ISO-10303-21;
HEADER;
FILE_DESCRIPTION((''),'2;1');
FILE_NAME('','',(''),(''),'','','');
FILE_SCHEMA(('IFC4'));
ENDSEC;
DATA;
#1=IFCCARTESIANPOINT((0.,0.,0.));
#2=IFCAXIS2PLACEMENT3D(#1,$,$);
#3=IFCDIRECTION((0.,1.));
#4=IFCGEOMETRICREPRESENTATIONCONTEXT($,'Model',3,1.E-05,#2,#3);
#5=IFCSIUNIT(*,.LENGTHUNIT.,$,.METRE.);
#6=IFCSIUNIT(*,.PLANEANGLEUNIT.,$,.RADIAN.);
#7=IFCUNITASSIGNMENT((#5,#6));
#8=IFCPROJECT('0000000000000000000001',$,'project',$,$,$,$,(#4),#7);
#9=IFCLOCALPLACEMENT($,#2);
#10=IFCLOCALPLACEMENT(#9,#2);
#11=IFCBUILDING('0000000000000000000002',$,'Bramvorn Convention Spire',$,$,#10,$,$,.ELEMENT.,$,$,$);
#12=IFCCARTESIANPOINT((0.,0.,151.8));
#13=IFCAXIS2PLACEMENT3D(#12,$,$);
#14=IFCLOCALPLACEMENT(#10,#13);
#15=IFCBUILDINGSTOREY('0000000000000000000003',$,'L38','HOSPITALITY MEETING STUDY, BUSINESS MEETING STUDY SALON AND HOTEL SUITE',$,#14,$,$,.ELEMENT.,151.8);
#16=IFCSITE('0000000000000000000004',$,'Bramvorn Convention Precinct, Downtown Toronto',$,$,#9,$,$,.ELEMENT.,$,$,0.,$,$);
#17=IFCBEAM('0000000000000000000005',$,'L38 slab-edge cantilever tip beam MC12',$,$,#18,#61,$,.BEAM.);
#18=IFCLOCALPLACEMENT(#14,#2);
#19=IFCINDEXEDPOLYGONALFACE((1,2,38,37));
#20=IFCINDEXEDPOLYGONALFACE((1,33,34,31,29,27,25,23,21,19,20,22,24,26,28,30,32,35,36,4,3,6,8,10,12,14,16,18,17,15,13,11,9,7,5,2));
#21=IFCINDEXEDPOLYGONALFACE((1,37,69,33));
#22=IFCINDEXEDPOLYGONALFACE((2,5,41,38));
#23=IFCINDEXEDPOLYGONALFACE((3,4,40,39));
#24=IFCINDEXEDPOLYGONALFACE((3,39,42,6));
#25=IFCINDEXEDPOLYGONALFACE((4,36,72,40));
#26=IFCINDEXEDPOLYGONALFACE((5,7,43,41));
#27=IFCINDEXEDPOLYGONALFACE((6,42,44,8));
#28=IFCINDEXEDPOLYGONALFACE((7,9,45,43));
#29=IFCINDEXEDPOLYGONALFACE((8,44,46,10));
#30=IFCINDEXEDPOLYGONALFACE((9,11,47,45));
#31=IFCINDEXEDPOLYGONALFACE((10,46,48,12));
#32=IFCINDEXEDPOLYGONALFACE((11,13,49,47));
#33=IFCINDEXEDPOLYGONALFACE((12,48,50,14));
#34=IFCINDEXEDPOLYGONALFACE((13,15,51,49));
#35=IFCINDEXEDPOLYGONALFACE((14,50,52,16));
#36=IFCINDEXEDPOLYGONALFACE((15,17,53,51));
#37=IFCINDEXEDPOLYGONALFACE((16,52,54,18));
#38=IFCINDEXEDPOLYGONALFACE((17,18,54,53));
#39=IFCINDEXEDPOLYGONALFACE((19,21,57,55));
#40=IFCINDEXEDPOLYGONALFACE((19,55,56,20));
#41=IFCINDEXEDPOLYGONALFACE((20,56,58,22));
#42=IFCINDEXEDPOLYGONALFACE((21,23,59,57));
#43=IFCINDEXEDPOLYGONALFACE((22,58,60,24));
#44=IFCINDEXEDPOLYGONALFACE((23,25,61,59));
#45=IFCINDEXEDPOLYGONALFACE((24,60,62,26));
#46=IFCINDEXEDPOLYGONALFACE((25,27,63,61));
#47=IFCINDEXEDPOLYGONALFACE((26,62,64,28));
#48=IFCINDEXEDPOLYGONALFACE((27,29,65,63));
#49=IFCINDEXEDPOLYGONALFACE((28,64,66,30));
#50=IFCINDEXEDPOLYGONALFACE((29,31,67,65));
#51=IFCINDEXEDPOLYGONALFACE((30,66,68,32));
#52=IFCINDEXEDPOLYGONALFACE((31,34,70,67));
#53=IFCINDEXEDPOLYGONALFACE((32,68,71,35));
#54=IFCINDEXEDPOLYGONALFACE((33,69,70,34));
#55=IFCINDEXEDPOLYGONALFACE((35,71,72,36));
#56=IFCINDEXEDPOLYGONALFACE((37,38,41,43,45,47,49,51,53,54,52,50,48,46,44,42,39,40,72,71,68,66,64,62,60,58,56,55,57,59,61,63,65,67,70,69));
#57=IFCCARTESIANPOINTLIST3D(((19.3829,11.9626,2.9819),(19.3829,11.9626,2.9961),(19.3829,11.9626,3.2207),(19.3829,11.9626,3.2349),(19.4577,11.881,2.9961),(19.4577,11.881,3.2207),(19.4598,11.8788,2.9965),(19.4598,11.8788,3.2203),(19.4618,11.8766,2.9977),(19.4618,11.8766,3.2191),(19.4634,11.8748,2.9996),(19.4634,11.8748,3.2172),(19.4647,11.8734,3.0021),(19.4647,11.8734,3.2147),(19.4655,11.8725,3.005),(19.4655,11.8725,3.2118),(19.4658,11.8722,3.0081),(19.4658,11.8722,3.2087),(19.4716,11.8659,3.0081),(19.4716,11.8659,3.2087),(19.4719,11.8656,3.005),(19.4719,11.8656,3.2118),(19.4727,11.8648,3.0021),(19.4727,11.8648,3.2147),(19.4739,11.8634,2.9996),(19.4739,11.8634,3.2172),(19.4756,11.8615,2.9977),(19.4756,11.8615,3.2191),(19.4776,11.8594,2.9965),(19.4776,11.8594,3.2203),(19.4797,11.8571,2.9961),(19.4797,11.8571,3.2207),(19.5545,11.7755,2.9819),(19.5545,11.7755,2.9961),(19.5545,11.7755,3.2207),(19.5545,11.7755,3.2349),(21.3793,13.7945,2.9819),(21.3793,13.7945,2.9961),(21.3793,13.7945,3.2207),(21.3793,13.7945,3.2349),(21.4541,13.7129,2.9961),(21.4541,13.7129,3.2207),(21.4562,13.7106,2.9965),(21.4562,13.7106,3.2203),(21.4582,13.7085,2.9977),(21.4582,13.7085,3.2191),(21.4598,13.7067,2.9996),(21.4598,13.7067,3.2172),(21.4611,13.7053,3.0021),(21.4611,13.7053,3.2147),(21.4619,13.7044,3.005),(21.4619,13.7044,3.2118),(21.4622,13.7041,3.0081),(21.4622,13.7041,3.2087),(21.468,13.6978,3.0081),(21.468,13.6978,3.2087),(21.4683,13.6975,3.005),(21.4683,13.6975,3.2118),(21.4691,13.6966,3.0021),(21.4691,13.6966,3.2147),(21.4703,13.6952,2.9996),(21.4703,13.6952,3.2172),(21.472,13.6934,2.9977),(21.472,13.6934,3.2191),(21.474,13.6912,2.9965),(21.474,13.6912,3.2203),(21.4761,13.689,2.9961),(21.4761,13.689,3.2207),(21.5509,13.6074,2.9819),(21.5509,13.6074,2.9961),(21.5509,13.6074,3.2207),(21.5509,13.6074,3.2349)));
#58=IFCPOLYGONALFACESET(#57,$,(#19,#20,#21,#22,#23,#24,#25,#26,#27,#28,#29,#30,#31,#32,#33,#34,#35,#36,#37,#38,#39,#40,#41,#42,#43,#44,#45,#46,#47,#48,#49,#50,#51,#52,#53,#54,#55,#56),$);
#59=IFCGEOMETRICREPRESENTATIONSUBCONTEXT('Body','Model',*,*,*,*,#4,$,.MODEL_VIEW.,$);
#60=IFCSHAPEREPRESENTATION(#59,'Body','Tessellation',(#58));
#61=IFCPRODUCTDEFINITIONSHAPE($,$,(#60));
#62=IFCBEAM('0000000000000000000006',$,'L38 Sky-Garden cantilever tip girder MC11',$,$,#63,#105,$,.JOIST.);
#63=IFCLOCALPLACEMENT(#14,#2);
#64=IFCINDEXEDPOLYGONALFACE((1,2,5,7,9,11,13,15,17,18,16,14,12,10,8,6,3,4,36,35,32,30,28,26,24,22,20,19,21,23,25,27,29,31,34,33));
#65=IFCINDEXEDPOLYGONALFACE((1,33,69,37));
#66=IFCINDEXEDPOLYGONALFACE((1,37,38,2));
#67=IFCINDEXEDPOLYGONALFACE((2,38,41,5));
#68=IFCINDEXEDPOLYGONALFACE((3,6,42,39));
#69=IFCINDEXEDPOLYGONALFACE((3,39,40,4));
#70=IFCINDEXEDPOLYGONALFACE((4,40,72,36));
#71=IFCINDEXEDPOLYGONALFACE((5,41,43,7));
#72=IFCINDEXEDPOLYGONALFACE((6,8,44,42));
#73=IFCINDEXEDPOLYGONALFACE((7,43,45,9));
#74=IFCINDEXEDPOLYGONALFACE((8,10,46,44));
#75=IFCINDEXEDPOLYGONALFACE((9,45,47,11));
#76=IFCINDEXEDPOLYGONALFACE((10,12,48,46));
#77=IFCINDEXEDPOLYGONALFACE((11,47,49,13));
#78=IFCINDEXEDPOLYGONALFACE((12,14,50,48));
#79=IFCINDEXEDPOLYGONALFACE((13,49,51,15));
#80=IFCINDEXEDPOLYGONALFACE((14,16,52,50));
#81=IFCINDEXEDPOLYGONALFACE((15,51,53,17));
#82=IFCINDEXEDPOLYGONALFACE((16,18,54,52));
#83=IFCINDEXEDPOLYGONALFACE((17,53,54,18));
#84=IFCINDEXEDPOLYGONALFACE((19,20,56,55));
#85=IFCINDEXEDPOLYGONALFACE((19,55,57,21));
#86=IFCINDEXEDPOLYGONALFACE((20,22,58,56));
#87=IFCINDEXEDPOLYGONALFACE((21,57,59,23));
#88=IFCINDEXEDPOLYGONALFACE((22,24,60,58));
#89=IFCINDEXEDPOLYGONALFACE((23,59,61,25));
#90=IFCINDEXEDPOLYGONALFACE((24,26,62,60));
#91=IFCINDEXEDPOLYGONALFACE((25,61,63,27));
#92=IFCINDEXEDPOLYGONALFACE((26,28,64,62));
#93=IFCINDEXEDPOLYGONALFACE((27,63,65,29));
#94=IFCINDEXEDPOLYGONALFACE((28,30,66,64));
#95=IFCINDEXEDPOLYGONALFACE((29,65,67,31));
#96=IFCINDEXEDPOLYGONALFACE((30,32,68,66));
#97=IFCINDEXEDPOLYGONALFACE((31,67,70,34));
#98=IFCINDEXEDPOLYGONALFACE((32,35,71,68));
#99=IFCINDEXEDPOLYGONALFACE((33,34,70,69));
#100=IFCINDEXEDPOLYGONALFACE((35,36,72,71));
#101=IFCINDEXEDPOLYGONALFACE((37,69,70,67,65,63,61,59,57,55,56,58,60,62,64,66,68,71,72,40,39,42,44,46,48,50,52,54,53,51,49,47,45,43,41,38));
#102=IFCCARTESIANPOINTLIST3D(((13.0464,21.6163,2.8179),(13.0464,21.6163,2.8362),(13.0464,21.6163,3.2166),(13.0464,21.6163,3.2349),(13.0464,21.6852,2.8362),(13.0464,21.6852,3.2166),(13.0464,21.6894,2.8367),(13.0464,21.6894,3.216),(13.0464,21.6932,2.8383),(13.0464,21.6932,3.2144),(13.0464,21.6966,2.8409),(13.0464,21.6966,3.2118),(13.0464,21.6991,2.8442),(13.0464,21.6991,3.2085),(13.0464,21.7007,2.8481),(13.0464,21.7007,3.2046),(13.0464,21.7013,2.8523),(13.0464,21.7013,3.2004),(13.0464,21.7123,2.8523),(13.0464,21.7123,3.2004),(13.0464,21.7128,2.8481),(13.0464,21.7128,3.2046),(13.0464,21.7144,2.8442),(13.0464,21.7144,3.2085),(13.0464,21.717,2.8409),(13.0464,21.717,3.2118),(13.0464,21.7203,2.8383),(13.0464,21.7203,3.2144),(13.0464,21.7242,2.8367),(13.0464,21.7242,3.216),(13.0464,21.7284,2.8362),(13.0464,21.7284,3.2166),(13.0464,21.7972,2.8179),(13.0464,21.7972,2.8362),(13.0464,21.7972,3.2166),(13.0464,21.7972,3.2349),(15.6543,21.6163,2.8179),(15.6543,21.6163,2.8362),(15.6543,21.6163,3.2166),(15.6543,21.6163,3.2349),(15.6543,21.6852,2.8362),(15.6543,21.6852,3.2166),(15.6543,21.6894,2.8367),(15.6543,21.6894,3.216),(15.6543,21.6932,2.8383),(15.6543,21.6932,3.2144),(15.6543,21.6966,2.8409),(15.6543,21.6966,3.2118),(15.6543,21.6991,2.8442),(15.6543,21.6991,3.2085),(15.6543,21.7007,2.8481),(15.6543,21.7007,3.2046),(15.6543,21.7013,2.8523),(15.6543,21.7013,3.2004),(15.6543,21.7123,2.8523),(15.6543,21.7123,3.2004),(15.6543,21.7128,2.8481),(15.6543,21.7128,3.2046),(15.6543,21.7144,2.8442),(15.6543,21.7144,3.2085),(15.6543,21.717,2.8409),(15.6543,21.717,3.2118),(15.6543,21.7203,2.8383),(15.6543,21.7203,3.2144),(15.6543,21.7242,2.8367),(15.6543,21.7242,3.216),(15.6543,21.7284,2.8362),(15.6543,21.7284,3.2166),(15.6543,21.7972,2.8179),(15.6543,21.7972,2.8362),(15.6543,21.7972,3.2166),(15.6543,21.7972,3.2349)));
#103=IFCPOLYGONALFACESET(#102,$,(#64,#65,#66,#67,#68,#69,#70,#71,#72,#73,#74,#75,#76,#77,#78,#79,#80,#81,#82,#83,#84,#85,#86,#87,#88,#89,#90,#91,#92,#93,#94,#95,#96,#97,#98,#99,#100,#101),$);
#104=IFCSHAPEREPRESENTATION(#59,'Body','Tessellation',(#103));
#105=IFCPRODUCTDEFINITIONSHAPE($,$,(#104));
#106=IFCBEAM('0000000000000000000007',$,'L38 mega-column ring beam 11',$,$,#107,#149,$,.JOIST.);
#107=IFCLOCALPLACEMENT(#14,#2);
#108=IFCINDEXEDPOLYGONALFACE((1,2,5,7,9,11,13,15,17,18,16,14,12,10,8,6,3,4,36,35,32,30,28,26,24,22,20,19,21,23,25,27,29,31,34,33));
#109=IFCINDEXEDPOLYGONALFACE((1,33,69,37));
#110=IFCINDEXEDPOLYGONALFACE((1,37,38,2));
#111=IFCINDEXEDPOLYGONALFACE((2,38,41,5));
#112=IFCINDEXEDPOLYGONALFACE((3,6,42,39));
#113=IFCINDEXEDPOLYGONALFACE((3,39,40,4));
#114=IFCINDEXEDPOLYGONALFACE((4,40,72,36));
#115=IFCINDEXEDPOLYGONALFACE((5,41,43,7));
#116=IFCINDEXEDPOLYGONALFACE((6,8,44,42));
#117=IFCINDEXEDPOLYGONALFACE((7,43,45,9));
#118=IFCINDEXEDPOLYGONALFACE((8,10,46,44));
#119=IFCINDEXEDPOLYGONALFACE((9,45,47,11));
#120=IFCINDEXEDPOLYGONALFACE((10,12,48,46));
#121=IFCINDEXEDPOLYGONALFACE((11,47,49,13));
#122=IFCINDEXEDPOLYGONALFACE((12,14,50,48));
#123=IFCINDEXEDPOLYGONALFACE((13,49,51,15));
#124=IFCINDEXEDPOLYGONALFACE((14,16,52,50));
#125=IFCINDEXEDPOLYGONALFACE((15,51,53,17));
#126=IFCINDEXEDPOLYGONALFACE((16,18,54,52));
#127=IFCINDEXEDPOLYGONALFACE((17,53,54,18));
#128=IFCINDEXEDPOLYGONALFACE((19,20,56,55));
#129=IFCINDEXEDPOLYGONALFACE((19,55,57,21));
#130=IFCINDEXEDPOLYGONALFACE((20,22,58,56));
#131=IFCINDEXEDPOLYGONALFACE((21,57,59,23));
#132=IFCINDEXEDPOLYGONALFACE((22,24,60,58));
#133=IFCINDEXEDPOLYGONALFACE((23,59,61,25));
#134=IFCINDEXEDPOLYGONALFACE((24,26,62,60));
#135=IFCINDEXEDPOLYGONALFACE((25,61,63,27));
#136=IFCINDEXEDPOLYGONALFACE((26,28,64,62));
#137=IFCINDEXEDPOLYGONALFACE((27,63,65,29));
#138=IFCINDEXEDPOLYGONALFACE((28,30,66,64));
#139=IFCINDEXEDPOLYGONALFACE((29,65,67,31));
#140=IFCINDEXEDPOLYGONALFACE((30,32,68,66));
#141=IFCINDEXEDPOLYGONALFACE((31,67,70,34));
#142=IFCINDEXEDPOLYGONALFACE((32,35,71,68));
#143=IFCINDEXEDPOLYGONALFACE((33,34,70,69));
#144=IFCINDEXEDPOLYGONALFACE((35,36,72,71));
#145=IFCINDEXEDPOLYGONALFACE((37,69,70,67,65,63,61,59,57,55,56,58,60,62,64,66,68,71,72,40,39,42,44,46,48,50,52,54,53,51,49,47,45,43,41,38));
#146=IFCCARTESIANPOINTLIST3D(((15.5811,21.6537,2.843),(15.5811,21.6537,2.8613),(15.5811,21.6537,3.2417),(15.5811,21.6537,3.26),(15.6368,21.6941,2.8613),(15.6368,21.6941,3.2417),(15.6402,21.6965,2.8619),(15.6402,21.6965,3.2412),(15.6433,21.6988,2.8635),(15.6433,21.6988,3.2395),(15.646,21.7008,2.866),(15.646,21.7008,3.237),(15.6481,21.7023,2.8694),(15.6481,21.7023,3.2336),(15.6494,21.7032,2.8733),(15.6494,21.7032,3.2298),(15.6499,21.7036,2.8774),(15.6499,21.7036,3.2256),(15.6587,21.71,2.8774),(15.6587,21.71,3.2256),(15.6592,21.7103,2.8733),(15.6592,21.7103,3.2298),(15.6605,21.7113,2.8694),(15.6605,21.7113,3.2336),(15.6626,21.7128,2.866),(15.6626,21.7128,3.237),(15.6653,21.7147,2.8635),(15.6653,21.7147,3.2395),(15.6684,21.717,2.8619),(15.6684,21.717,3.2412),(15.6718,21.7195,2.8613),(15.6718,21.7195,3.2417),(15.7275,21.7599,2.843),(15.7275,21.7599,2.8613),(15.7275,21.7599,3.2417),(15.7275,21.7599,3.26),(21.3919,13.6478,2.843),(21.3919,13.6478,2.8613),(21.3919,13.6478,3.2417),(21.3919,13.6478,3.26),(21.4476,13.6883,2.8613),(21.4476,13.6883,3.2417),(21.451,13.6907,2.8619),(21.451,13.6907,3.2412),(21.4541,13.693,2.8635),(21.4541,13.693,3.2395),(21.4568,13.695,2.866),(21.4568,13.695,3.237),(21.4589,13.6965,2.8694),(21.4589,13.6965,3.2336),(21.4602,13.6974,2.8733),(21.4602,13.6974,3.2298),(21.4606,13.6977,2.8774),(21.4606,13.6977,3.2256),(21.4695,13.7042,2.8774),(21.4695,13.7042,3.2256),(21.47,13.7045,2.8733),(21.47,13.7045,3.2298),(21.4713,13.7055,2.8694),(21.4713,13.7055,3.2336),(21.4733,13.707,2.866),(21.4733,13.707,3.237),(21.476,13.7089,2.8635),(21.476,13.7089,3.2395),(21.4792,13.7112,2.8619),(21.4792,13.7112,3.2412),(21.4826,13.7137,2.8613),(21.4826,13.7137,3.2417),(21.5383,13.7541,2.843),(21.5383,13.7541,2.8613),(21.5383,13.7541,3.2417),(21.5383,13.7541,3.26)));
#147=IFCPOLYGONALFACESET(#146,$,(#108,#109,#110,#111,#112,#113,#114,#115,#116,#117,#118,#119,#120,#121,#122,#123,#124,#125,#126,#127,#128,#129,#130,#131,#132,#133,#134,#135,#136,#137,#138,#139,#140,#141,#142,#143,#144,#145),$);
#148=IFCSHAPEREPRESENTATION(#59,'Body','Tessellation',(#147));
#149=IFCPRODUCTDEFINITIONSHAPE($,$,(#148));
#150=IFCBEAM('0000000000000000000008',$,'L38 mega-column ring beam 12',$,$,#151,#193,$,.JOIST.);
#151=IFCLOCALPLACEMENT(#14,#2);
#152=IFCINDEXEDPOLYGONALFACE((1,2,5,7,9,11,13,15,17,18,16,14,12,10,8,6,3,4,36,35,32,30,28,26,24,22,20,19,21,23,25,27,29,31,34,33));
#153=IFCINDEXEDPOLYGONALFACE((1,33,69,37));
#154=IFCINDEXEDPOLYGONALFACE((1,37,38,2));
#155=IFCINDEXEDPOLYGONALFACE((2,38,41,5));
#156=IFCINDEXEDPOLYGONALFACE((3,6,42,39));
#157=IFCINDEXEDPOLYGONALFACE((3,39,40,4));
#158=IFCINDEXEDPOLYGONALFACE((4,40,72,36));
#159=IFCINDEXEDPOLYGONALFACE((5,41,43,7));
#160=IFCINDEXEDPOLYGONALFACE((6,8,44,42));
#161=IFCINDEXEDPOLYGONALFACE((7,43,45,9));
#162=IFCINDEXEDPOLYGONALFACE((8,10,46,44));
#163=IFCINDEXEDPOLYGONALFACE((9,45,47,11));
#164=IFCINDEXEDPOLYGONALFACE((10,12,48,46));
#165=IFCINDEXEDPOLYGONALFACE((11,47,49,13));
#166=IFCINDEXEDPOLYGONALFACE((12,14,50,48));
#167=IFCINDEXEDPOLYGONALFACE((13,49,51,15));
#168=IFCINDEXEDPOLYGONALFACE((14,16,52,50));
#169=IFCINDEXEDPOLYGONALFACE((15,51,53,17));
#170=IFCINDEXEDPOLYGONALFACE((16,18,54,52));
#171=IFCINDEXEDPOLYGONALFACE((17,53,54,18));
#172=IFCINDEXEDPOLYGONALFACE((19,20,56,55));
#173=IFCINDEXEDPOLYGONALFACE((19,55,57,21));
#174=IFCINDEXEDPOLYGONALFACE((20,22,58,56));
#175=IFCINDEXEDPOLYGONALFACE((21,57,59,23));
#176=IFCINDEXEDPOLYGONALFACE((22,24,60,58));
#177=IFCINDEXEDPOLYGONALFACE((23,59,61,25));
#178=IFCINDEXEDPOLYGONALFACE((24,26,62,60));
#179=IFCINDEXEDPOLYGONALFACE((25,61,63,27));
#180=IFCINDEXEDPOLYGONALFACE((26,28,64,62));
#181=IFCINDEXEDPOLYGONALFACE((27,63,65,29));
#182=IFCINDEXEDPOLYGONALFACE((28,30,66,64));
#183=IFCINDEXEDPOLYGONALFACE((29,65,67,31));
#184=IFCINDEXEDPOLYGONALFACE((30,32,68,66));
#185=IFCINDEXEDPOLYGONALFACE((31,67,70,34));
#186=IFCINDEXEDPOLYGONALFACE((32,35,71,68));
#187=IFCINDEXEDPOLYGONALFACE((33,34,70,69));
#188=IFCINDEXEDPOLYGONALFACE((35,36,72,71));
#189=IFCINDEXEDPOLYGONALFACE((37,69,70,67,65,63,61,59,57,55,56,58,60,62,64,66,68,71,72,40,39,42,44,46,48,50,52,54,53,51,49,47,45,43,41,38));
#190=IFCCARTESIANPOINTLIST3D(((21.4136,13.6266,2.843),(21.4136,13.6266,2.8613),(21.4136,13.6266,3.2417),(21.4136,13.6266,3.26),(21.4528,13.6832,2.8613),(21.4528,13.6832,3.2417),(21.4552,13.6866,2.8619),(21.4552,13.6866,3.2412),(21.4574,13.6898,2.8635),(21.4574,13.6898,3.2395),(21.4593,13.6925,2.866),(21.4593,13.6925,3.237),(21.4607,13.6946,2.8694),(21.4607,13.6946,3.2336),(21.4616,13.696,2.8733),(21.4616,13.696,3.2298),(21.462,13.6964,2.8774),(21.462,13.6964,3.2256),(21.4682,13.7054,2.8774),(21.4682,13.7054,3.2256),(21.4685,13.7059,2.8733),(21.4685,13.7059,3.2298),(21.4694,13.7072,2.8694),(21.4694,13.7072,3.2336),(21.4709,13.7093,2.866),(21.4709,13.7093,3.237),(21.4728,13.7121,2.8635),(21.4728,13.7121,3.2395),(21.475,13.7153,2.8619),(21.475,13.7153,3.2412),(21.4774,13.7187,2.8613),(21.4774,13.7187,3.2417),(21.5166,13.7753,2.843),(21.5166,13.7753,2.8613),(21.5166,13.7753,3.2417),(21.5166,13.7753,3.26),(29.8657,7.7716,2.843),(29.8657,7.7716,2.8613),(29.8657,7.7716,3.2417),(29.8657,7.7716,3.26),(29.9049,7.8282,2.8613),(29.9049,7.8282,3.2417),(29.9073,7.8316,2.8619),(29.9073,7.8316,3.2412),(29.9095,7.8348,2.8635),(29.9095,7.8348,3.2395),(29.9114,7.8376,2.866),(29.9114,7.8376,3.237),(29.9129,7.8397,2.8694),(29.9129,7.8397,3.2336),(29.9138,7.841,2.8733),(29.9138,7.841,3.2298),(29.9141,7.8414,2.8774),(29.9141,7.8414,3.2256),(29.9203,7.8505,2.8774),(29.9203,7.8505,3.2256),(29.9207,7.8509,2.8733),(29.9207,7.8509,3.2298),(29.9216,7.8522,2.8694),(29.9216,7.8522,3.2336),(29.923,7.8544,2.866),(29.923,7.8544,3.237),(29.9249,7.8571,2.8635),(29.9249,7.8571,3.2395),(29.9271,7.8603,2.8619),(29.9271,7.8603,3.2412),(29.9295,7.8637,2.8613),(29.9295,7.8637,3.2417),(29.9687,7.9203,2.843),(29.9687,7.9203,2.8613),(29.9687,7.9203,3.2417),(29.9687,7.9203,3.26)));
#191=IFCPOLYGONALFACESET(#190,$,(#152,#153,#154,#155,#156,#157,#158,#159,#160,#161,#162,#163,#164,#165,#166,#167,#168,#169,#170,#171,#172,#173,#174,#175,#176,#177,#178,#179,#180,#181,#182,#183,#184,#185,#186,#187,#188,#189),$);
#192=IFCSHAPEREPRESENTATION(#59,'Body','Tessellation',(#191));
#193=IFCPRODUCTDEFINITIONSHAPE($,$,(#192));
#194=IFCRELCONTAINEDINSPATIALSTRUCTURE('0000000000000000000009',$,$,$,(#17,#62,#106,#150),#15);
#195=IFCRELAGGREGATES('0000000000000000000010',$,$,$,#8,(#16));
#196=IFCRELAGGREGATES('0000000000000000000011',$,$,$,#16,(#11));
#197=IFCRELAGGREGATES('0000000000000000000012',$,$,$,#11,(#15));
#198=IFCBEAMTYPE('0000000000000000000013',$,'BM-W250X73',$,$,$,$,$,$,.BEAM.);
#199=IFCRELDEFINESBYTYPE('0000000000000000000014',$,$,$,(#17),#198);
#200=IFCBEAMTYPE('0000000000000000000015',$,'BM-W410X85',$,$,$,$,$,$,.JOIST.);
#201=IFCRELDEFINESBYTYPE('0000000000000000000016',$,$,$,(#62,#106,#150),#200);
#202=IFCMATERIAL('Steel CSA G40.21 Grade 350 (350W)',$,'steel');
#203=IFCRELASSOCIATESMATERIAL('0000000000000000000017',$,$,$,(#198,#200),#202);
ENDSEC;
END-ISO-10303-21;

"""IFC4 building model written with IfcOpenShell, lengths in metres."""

from ifc_helpers import new_model, si_unit, direction, frame, origin, origin_2d, place, context, subcontext, project, spatial, i_section, extrude, material, material_profile, profile_set, type_object, element, save


model = new_model("IFC4")

# Units and contexts
model_context = context("Model", 3, precision=1e-05, world=origin(), true_north=direction((0.0, 1.0)))
body_context = subcontext(model_context, "Body", "Model", "MODEL_VIEW")
ifc_project = project(units=[si_unit("LENGTHUNIT", "METRE"), si_unit("PLANEANGLEUNIT", "RADIAN")], contexts=[model_context])

# Site, building, storey
site_placement = place(None, origin())
site = spatial("IfcSite", under=ifc_project, at=site_placement, Name="Bramvorn Convention Precinct, Downtown Toronto", CompositionType="ELEMENT", RefElevation=0.0)
building_placement = place(site_placement, origin())
building = spatial("IfcBuilding", under=site, at=building_placement, Name="Bramvorn Convention Spire", CompositionType="ELEMENT")
storey_placement = place(building_placement, frame((0.0, 0.0, 151.8)))
storey = spatial("IfcBuildingStorey", under=building, at=storey_placement, Name="L38", Description="HOSPITALITY MEETING STUDY, BUSINESS MEETING STUDY SALON AND HOTEL SUITE", CompositionType="ELEMENT", Elevation=151.8)

# Shared definitions
ifc_material_1 = material(Name="Steel CSA G40.21 Grade 350 (350W)", Category="steel")

# Beams
ifc_material_profile_1 = material_profile(ifc_material_1, i_section(OverallWidth=0.2539, OverallDepth=0.2529, WebThickness=0.0085, FlangeThickness=0.0142, FilletRadius=0.012, at=origin_2d()))
ifc_profile_set_1 = profile_set([ifc_material_profile_1], Name="Steel CSA G40.21 Grade 350 (350W) - W250X73")
beam_type_1 = type_object("IfcBeamType", Name="BM-W250X73", PredefinedType="BEAM", material=ifc_profile_set_1)
beam_1_placement = place(storey_placement, frame((21.4651, 13.7009, 3.1084), z_axis=(-0.736821, -0.676088, 0.0), x_axis=(0.676088, -0.736821, 0.0)))
element("IfcBeam", 1, at=beam_1_placement, inside=storey, type_object=beam_type_1, Name="L38 slab-edge cantilever tip beam MC12", PredefinedType="BEAM", context=body_context, shape_type="SweptSolid", body=[
    extrude(i_section(OverallWidth=0.2539, OverallDepth=0.2529, WebThickness=0.0085, FlangeThickness=0.0142, FilletRadius=0.012, at=origin_2d()), origin(), (0.0, 0.0, 1.0), 2.7095),
])
ifc_material_profile_2 = material_profile(ifc_material_1, i_section(OverallWidth=0.1809, OverallDepth=0.417, WebThickness=0.011, FlangeThickness=0.0183, FilletRadius=0.0161, at=origin_2d()))
ifc_profile_set_2 = profile_set([ifc_material_profile_2], Name="Steel CSA G40.21 Grade 350 (350W) - W410X85")
beam_type_2 = type_object("IfcBeamType", Name="BM-W410X85", PredefinedType="JOIST", material=ifc_profile_set_2)
beam_2_placement = place(storey_placement, frame((15.6543, 21.7068, 3.0264), z_axis=(-1.0, 0.0, 0.0), x_axis=(0.0, -1.0, 0.0)))
element("IfcBeam", 2, at=beam_2_placement, inside=storey, type_object=beam_type_2, Name="L38 Sky-Garden cantilever tip girder MC11", PredefinedType="JOIST", context=body_context, shape_type="SweptSolid", body=[
    extrude(i_section(OverallWidth=0.1809, OverallDepth=0.417, WebThickness=0.011, FlangeThickness=0.0183, FilletRadius=0.0161, at=origin_2d()), origin(), (0.0, 0.0, 1.0), 2.6079),
])
beam_3_placement = place(storey_placement, frame((15.6543, 21.7068, 3.0515), z_axis=(0.587401, -0.809296, 0.0), x_axis=(0.809296, 0.587401, 0.0)))
element("IfcBeam", 3, at=beam_3_placement, inside=storey, type_object=beam_type_2, Name="L38 mega-column ring beam 11", PredefinedType="JOIST", context=body_context, shape_type="SweptSolid", body=[
    extrude(i_section(OverallWidth=0.1809, OverallDepth=0.417, WebThickness=0.011, FlangeThickness=0.0183, FilletRadius=0.0161, at=origin_2d()), origin(), (0.0, 0.0, 1.0), 9.8923),
])
beam_4_placement = place(storey_placement, frame((21.4651, 13.7009, 3.0515), z_axis=(0.822033, -0.56944, 0.0), x_axis=(0.56944, 0.822033, 0.0)))
element("IfcBeam", 4, at=beam_4_placement, inside=storey, type_object=beam_type_2, Name="L38 mega-column ring beam 12", PredefinedType="JOIST", context=body_context, shape_type="SweptSolid", body=[
    extrude(i_section(OverallWidth=0.1809, OverallDepth=0.417, WebThickness=0.011, FlangeThickness=0.0183, FilletRadius=0.0161, at=origin_2d()), origin(), (0.0, 0.0, 1.0), 10.282),
])

save(model, "model.ifc")
